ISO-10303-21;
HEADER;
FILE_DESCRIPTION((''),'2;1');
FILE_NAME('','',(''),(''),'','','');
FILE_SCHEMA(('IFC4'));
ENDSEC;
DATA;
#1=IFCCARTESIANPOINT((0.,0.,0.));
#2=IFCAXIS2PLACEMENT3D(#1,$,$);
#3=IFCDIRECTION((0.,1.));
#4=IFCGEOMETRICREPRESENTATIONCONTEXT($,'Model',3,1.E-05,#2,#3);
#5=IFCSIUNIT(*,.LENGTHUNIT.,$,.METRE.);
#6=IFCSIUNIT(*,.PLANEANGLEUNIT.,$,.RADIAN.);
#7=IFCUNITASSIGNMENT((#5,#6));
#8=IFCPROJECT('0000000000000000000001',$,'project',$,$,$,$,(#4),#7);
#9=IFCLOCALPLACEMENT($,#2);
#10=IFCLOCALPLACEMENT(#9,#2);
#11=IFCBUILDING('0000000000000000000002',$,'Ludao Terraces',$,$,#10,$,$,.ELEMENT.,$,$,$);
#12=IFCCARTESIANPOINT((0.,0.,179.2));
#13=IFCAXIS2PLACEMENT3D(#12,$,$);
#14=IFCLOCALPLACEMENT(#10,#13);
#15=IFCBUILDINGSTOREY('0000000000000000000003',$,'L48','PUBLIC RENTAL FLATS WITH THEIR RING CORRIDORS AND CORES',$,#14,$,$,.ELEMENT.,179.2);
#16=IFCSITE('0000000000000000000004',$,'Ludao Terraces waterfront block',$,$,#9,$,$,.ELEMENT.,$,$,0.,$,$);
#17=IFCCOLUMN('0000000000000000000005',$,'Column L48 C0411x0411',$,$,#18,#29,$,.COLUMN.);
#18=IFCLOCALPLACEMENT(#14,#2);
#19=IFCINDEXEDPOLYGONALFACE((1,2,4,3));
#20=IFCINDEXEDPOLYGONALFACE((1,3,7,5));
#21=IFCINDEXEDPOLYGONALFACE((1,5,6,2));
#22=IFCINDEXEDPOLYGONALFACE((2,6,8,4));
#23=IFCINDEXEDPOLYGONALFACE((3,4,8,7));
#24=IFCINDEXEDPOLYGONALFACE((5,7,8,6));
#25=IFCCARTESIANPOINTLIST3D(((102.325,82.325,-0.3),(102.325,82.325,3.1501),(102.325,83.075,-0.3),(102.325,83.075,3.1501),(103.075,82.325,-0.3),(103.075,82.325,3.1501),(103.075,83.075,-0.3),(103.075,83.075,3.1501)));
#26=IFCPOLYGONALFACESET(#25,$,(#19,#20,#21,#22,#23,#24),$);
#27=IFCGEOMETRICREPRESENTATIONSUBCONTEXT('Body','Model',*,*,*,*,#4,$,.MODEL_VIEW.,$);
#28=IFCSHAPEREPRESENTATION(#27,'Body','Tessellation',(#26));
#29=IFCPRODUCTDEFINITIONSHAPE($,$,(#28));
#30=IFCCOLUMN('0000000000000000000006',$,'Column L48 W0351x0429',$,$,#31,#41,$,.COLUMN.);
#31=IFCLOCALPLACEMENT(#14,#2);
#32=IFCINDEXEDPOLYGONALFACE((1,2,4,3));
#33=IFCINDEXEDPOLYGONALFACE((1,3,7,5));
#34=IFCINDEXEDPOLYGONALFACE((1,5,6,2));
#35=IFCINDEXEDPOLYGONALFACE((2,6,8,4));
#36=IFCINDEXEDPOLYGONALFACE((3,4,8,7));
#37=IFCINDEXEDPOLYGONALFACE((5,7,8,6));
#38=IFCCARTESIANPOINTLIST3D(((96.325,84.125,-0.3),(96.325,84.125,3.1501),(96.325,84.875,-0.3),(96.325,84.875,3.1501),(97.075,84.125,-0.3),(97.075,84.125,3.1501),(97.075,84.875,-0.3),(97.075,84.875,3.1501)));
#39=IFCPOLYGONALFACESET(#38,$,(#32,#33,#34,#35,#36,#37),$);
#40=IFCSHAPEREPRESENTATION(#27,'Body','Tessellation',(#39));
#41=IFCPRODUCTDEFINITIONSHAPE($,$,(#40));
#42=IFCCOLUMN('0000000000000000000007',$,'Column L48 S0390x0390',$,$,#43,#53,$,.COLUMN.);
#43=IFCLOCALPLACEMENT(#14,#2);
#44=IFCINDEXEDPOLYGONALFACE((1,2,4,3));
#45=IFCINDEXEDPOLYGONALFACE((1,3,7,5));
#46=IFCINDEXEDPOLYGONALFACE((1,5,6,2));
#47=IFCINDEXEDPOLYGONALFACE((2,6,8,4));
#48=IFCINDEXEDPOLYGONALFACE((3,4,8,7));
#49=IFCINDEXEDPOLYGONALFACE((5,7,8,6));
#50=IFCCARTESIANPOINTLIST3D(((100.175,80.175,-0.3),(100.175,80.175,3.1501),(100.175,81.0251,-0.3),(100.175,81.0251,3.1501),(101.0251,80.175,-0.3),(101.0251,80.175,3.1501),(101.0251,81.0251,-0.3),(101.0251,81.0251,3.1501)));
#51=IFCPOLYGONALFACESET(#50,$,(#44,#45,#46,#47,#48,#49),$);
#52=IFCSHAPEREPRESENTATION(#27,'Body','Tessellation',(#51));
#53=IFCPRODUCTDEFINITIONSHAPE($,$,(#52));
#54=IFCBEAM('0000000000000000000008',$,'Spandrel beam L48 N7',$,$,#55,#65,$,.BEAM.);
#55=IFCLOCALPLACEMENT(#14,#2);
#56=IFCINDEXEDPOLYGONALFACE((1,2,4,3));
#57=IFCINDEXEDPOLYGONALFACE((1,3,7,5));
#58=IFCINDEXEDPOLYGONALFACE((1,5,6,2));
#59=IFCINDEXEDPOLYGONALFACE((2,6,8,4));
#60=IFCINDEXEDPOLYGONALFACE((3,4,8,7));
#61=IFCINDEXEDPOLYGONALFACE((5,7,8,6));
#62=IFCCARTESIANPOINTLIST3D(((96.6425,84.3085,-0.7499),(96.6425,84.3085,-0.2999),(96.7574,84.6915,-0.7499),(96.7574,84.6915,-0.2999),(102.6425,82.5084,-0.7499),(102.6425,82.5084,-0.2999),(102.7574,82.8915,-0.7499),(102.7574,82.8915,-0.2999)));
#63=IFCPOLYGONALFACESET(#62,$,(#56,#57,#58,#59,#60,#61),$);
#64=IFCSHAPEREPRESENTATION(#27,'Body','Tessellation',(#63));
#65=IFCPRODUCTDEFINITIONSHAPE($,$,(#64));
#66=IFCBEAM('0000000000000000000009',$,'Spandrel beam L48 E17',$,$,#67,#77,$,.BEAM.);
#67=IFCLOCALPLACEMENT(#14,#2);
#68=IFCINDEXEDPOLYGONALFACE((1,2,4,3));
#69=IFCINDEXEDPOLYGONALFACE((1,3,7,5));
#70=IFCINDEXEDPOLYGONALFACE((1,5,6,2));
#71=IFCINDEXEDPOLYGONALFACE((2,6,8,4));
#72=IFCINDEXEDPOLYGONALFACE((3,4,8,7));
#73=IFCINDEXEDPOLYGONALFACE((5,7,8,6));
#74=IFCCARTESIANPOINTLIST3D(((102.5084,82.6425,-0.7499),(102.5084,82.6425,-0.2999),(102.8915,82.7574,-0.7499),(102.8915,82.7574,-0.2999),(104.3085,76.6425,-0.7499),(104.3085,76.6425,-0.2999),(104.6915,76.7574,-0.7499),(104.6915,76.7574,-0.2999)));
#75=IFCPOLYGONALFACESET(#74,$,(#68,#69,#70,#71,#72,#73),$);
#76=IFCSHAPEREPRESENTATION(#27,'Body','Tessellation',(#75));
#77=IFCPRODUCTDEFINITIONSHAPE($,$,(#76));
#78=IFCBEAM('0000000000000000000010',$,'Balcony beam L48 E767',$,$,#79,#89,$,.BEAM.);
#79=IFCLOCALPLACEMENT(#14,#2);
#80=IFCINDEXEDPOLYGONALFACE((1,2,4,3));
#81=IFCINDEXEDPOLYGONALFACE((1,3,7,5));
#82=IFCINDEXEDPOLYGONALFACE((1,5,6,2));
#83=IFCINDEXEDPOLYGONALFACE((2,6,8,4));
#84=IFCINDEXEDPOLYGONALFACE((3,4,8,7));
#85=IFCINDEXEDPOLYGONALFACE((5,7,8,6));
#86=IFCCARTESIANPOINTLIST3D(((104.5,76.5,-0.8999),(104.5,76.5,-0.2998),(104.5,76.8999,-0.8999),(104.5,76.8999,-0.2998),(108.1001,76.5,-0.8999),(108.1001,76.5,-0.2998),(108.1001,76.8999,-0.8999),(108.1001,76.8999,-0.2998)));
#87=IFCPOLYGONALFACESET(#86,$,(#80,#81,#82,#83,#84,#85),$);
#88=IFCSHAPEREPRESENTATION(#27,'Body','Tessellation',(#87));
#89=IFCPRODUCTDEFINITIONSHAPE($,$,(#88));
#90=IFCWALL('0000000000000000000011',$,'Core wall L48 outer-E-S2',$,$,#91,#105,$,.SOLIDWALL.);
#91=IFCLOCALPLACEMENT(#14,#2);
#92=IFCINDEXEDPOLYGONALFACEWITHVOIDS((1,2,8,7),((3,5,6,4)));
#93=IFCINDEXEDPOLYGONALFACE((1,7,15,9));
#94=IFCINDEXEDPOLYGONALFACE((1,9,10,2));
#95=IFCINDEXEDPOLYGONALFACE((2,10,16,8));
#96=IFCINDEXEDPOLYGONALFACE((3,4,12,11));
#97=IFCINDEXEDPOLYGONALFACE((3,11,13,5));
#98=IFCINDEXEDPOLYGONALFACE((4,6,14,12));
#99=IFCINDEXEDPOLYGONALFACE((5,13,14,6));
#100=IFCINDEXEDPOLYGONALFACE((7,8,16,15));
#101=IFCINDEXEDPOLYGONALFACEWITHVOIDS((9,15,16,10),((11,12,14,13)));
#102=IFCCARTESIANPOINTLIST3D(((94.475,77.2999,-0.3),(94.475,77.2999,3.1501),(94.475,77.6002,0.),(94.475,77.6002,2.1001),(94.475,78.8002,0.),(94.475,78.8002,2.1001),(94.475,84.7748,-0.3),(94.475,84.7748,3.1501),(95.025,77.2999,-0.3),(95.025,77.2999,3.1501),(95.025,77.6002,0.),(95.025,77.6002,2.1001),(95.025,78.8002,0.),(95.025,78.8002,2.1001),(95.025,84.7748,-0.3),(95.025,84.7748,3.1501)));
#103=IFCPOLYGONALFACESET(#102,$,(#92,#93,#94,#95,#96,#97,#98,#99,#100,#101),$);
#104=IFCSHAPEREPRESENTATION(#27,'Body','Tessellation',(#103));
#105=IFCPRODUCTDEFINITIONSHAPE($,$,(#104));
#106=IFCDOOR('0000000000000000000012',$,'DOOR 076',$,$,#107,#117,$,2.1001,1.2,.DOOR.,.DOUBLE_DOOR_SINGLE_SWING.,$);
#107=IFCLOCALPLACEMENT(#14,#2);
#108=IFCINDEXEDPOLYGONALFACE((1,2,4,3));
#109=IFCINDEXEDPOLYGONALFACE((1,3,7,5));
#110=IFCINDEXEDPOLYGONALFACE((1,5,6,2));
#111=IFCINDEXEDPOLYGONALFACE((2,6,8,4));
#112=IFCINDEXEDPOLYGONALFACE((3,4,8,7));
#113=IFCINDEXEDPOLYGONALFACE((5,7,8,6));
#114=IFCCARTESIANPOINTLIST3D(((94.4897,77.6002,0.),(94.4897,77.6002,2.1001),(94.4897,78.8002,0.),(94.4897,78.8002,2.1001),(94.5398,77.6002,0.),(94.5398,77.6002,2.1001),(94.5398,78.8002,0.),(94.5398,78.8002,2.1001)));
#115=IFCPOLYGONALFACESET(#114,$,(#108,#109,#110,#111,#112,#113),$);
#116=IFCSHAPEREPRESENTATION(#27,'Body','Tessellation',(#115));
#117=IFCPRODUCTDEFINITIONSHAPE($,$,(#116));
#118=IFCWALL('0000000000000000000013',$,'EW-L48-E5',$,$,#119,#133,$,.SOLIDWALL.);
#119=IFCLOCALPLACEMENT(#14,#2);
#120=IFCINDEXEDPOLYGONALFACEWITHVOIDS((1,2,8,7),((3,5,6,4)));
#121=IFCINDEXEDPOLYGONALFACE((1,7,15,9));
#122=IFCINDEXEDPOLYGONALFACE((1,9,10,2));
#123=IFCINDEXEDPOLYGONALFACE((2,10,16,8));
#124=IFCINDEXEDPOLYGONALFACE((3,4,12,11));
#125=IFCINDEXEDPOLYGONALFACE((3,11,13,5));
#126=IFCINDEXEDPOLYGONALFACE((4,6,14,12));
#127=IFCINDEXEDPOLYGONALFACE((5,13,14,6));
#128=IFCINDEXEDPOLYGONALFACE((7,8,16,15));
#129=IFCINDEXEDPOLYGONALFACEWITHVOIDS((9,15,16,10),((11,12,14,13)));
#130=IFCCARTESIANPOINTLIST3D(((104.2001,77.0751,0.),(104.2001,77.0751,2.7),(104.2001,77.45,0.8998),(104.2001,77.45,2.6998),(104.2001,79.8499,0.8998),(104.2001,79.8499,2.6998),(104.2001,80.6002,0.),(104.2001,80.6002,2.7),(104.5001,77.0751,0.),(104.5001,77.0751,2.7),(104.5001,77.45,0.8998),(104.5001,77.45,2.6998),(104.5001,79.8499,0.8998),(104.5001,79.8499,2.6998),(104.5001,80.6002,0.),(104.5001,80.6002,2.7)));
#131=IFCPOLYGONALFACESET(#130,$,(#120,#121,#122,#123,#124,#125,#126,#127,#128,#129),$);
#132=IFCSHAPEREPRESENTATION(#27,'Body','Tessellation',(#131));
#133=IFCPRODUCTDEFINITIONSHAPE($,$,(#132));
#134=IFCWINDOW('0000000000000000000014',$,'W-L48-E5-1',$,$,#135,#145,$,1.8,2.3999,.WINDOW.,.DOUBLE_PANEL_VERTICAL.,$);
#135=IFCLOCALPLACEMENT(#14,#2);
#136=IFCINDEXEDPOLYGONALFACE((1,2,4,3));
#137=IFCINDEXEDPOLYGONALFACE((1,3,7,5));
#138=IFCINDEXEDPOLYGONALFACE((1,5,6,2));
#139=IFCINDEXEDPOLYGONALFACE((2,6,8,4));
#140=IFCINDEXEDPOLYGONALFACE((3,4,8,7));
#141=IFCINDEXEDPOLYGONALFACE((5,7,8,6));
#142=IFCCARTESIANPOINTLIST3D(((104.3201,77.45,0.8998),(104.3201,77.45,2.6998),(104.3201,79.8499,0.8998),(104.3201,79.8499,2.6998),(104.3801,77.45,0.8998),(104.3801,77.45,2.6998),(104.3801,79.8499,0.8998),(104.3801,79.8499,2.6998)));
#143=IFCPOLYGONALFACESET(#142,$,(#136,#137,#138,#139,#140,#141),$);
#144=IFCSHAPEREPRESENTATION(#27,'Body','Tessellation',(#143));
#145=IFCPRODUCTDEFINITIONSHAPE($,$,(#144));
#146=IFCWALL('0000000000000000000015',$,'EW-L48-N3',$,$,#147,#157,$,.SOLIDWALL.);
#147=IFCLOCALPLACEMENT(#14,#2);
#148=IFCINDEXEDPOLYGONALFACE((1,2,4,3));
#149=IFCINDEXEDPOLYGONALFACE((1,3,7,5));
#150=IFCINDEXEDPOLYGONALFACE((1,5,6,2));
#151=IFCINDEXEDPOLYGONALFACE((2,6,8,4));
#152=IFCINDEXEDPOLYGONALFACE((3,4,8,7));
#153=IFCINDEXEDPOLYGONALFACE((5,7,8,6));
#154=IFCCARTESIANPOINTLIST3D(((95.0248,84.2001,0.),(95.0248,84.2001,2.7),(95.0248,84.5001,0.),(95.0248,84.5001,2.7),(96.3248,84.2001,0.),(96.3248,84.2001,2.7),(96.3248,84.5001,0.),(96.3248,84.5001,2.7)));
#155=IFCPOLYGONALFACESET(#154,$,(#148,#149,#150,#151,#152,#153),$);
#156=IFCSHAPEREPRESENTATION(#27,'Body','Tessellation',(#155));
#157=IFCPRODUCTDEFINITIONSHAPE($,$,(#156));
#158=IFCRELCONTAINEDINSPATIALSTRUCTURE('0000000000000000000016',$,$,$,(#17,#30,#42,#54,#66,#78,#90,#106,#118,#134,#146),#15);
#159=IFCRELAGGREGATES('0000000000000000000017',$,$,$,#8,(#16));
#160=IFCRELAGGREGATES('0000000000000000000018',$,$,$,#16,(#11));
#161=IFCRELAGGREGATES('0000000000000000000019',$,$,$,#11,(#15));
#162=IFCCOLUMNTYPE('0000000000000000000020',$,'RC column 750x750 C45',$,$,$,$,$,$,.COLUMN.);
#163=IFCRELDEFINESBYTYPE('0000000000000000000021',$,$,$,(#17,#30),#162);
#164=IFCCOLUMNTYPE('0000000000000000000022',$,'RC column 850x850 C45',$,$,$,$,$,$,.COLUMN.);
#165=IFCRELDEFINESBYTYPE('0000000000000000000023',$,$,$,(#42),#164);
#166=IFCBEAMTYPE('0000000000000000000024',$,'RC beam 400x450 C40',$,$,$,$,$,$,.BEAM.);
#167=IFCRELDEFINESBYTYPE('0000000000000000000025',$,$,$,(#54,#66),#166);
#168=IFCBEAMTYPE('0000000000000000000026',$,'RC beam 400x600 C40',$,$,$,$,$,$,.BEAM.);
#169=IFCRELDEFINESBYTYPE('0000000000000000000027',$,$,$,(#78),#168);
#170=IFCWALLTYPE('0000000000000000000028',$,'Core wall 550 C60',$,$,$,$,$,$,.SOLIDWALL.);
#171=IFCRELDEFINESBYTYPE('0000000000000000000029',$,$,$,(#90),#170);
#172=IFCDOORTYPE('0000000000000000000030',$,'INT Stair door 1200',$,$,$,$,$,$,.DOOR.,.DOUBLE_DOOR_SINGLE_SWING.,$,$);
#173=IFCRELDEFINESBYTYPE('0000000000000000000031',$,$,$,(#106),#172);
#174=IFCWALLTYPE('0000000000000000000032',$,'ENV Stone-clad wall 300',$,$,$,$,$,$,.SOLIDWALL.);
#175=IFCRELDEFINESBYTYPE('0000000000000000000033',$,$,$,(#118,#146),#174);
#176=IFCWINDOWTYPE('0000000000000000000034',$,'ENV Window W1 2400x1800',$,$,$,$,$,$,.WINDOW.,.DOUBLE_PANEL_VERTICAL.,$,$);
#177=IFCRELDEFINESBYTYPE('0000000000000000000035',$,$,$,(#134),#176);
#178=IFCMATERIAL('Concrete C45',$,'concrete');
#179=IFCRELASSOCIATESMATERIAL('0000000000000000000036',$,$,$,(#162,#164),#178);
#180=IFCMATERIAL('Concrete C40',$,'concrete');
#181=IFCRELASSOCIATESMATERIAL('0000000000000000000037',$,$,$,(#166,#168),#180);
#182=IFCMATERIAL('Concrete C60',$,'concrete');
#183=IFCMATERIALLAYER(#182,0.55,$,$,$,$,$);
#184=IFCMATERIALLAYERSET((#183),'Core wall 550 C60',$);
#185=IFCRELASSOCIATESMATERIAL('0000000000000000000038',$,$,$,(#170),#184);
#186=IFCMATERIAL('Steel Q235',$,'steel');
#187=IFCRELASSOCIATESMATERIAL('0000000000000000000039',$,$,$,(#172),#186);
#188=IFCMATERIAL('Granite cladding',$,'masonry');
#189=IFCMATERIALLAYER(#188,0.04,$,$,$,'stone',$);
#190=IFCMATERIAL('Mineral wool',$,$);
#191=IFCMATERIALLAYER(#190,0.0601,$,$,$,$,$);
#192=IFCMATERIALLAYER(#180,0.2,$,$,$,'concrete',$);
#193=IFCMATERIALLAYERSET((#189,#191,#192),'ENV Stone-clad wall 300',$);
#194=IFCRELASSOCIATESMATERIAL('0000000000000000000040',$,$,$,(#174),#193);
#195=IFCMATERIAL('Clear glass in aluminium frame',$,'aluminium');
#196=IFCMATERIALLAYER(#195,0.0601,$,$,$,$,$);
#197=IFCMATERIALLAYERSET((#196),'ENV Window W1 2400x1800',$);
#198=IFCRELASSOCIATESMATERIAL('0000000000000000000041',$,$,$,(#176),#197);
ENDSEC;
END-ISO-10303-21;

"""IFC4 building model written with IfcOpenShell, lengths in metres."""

from ifc_helpers import new_model, si_unit, direction, frame, frame_2d, origin, origin_2d, place, context, subcontext, project, spatial, rectangle, extrude, material, layer, layer_set, material_profile, profile_set, type_object, element, fill, save


model = new_model("IFC4")

# Units and contexts
model_context = context("Model", 3, precision=1e-05, world=origin(), true_north=direction((0.0, 1.0)))
body_context = subcontext(model_context, "Body", "Model", "MODEL_VIEW")
ifc_project = project(units=[si_unit("LENGTHUNIT", "METRE"), si_unit("PLANEANGLEUNIT", "RADIAN")], contexts=[model_context])

# Site, building, storey
site_placement = place(None, origin())
site = spatial("IfcSite", under=ifc_project, at=site_placement, Name="Ludao Terraces waterfront block", CompositionType="ELEMENT", RefElevation=0.0)
building_placement = place(site_placement, origin())
building = spatial("IfcBuilding", under=site, at=building_placement, Name="Ludao Terraces", CompositionType="ELEMENT")
storey_placement = place(building_placement, frame((0.0, 0.0, 179.2)))
storey = spatial("IfcBuildingStorey", under=building, at=storey_placement, Name="L48", Description="PUBLIC RENTAL FLATS WITH THEIR RING CORRIDORS AND CORES", CompositionType="ELEMENT", Elevation=179.2)

# Columns
ifc_material_1 = material(Name="Concrete C45", Category="concrete")
ifc_material_profile_1 = material_profile(ifc_material_1, rectangle(XDim=0.75, YDim=0.75, at=origin_2d()), Name="750 X 750")
ifc_profile_set_1 = profile_set([ifc_material_profile_1], Name="Concrete C45")
column_type_1 = type_object("IfcColumnType", Name="RC column 750x750 C45", PredefinedType="COLUMN", material=ifc_profile_set_1)
for number, where, z_axis, x_axis, name in (
    (1, (102.7, 82.7, -0.3), (0.0, 0.0, 1.0), (1.0, 0.0, 0.0), "Column L48 C0411x0411"),
    (2, (96.7, 84.5, -0.3), (0.0, 0.0, 1.0), (1.0, 0.0, 0.0), "Column L48 W0351x0429"),
):
    element("IfcColumn", number, at=place(storey_placement, frame(where, z_axis=z_axis, x_axis=x_axis)), inside=storey, type_object=column_type_1, Name=name, PredefinedType="COLUMN", context=body_context, shape_type="SweptSolid", body=[
        extrude(rectangle(XDim=0.75, YDim=0.75, at=origin_2d()), origin(), (0.0, 0.0, 1.0), 3.4502),
    ])
ifc_material_profile_2 = material_profile(ifc_material_1, rectangle(XDim=0.8501, YDim=0.8501, at=origin_2d()), Name="850 X 850")
ifc_profile_set_2 = profile_set([ifc_material_profile_2], Name="Concrete C45")
column_type_2 = type_object("IfcColumnType", Name="RC column 850x850 C45", PredefinedType="COLUMN", material=ifc_profile_set_2)
column_placement = place(storey_placement, frame((100.6001, 80.6001, -0.3), z_axis=(0.0, 0.0, 1.0), x_axis=(1.0, 0.0, 0.0)))
element("IfcColumn", 3, at=column_placement, inside=storey, type_object=column_type_2, Name="Column L48 S0390x0390", PredefinedType="COLUMN", context=body_context, shape_type="SweptSolid", body=[
    extrude(rectangle(XDim=0.8501, YDim=0.8501, at=origin_2d()), origin(), (0.0, 0.0, 1.0), 3.4502),
])

# Beams
ifc_material_2 = material(Name="Concrete C40", Category="concrete")
ifc_material_profile_3 = material_profile(ifc_material_2, rectangle(XDim=0.3999, YDim=0.45, at=origin_2d()), Name="400 X 450")
ifc_profile_set_3 = profile_set([ifc_material_profile_3], Name="Concrete C40")
beam_type_1 = type_object("IfcBeamType", Name="RC beam 400x450 C40", PredefinedType="BEAM", material=ifc_profile_set_3)
for number, where, z_axis, x_axis, name in (
    (4, (96.7, 84.5, -0.5249), (0.957824, -0.287355, 0.0), (0.287355, 0.957824, 0.0), "Spandrel beam L48 N7"),
    (5, (104.5, 76.7, -0.5249), (-0.287355, 0.957824, 0.0), (-0.957824, -0.287355, 0.0), "Spandrel beam L48 E17"),
):
    element("IfcBeam", number, at=place(storey_placement, frame(where, z_axis=z_axis, x_axis=x_axis)), inside=storey, type_object=beam_type_1, Name=name, PredefinedType="BEAM", context=body_context, shape_type="SweptSolid", body=[
        extrude(rectangle(XDim=0.3999, YDim=0.45, at=origin_2d()), origin(), (0.0, 0.0, 1.0), 6.2642),
    ])
ifc_material_profile_4 = material_profile(ifc_material_2, rectangle(XDim=0.3999, YDim=0.6001, at=origin_2d()), Name="400 X 600")
ifc_profile_set_4 = profile_set([ifc_material_profile_4], Name="Concrete C40")
beam_type_2 = type_object("IfcBeamType", Name="RC beam 400x600 C40", PredefinedType="BEAM", material=ifc_profile_set_4)
beam_placement = place(storey_placement, frame((104.5, 76.7, -0.5999), z_axis=(1.0, 0.0, 0.0), x_axis=(0.0, 1.0, 0.0)))
element("IfcBeam", 6, at=beam_placement, inside=storey, type_object=beam_type_2, Name="Balcony beam L48 E767", PredefinedType="BEAM", context=body_context, shape_type="SweptSolid", body=[
    extrude(rectangle(XDim=0.3999, YDim=0.6001, at=origin_2d()), origin(), (0.0, 0.0, 1.0), 3.6001),
])

# Wall, opening, door
ifc_material_3 = material(Name="Concrete C60", Category="concrete")
ifc_layer_1 = layer(ifc_material_3, 0.55)
ifc_layer_set_1 = layer_set([ifc_layer_1], Name="Core wall 550 C60")
wall_type_1 = type_object("IfcWallType", Name="Core wall 550 C60", PredefinedType="SOLIDWALL", material=ifc_layer_set_1)
wall_1_placement = place(storey_placement, frame((94.75, 77.3, -0.3), z_axis=(0.0, 0.0, 1.0), x_axis=(0.0, 1.0, 0.0)))
wall_1 = element("IfcWall", 7, at=wall_1_placement, inside=storey, type_object=wall_type_1, Name="Core wall L48 outer-E-S2", PredefinedType="SOLIDWALL", context=body_context, shape_type="SweptSolid", body=[
    extrude(rectangle(XDim=7.4749, YDim=0.55, at=frame_2d((3.7373, 0.0))), origin(), (0.0, 0.0, 1.0), 3.4502),
])
opening_1_placement = place(wall_1_placement, frame((0.3, 0.0, 0.3)))
opening_1 = element("IfcOpeningElement", 8, at=opening_1_placement, cuts=wall_1, PredefinedType="OPENING", context=body_context, shape_type="SweptSolid", body=[
    extrude(rectangle(XDim=1.2, YDim=2.1001, at=frame_2d((0.6001, 1.05))), frame((0.0, 0.2852, 0.0), z_axis=(0.0, -1.0, 0.0), x_axis=(1.0, 0.0, 0.0)), (0.0, 0.0, 1.0), 0.5701),
])
ifc_material_4 = material(Name="Steel Q235", Category="steel")
door_type_1 = type_object("IfcDoorType", Name="INT Stair door 1200", OperationType="DOUBLE_DOOR_SINGLE_SWING", PredefinedType="DOOR", material=ifc_material_4)
door_1_placement = place(opening_1_placement, origin())
door_1 = element("IfcDoor", 9, at=door_1_placement, inside=storey, type_object=door_type_1, Name="DOOR 076", OperationType="DOUBLE_DOOR_SINGLE_SWING", OverallHeight=2.1001, OverallWidth=1.2, PredefinedType="DOOR", context=body_context, shape_type="SweptSolid", body=[
    extrude(rectangle(XDim=1.2, YDim=2.1001, at=frame_2d((0.6001, 1.05))), frame((0.0, 0.2603, 0.0), z_axis=(0.0, -1.0, 0.0), x_axis=(1.0, 0.0, 0.0)), (0.0, 0.0, 1.0), 0.05),
])
fill(opening_1, door_1)

# Wall, opening, window
ifc_material_5 = material(Name="Granite cladding", Category="masonry")
ifc_layer_2 = layer(ifc_material_5, 0.04, Category="stone")
ifc_material_6 = material(Name="Mineral wool")
ifc_layer_3 = layer(ifc_material_6, 0.0601)
ifc_layer_4 = layer(ifc_material_2, 0.2, Category="concrete")
ifc_layer_set_2 = layer_set([ifc_layer_2, ifc_layer_3, ifc_layer_4], Name="ENV Stone-clad wall 300")
wall_type_2 = type_object("IfcWallType", Name="ENV Stone-clad wall 300", PredefinedType="SOLIDWALL", material=ifc_layer_set_2)
wall_2_placement = place(storey_placement, frame((104.3501, 77.075, 0.0), z_axis=(0.0, 0.0, 1.0), x_axis=(0.0, 1.0, 0.0)))
wall_2 = element("IfcWall", 10, at=wall_2_placement, inside=storey, type_object=wall_type_2, Name="EW-L48-E5", PredefinedType="SOLIDWALL", context=body_context, shape_type="SweptSolid", body=[
    extrude(rectangle(XDim=3.5251, YDim=0.3, at=frame_2d((1.7627, 0.0))), origin(), (0.0, 0.0, 1.0), 2.7),
])
opening_2_placement = place(wall_2_placement, frame((0.375, 0.0, 0.8999)))
opening_2 = element("IfcOpeningElement", 11, at=opening_2_placement, cuts=wall_2, PredefinedType="OPENING", context=body_context, shape_type="SweptSolid", body=[
    extrude(rectangle(XDim=2.3999, YDim=1.8, at=frame_2d((1.2, 0.8999))), frame((0.0, 0.1602, 0.0), z_axis=(0.0, -1.0, 0.0), x_axis=(1.0, 0.0, 0.0)), (0.0, 0.0, 1.0), 0.3201),
])
ifc_material_7 = material(Name="Clear glass in aluminium frame", Category="aluminium")
ifc_layer_5 = layer(ifc_material_7, 0.0601)
ifc_layer_set_3 = layer_set([ifc_layer_5], Name="ENV Window W1 2400x1800")
window_type_1 = type_object("IfcWindowType", Name="ENV Window W1 2400x1800", PartitioningType="DOUBLE_PANEL_VERTICAL", PredefinedType="WINDOW", material=ifc_layer_set_3)
window_1_placement = place(opening_2_placement, origin())
window_1 = element("IfcWindow", 12, at=window_1_placement, inside=storey, type_object=window_type_1, Name="W-L48-E5-1", OverallHeight=1.8, OverallWidth=2.3999, PartitioningType="DOUBLE_PANEL_VERTICAL", PredefinedType="WINDOW", context=body_context, shape_type="SweptSolid", body=[
    extrude(rectangle(XDim=2.3999, YDim=1.8, at=frame_2d((1.2, 0.8999))), frame((0.0, 0.03, 0.0), z_axis=(0.0, -1.0, 0.0), x_axis=(1.0, 0.0, 0.0)), (0.0, 0.0, 1.0), 0.0601),
])
fill(opening_2, window_1)

# Wall
wall_3_placement = place(storey_placement, frame((95.0249, 84.3501, 0.0), z_axis=(0.0, 0.0, 1.0), x_axis=(1.0, 0.0, 0.0)))
element("IfcWall", 13, at=wall_3_placement, inside=storey, type_object=wall_type_2, Name="EW-L48-N3", PredefinedType="SOLIDWALL", context=body_context, shape_type="SweptSolid", body=[
    extrude(rectangle(XDim=1.3, YDim=0.3, at=frame_2d((0.6499, 0.0))), origin(), (0.0, 0.0, 1.0), 2.7),
])

save(model, "model.ifc")
